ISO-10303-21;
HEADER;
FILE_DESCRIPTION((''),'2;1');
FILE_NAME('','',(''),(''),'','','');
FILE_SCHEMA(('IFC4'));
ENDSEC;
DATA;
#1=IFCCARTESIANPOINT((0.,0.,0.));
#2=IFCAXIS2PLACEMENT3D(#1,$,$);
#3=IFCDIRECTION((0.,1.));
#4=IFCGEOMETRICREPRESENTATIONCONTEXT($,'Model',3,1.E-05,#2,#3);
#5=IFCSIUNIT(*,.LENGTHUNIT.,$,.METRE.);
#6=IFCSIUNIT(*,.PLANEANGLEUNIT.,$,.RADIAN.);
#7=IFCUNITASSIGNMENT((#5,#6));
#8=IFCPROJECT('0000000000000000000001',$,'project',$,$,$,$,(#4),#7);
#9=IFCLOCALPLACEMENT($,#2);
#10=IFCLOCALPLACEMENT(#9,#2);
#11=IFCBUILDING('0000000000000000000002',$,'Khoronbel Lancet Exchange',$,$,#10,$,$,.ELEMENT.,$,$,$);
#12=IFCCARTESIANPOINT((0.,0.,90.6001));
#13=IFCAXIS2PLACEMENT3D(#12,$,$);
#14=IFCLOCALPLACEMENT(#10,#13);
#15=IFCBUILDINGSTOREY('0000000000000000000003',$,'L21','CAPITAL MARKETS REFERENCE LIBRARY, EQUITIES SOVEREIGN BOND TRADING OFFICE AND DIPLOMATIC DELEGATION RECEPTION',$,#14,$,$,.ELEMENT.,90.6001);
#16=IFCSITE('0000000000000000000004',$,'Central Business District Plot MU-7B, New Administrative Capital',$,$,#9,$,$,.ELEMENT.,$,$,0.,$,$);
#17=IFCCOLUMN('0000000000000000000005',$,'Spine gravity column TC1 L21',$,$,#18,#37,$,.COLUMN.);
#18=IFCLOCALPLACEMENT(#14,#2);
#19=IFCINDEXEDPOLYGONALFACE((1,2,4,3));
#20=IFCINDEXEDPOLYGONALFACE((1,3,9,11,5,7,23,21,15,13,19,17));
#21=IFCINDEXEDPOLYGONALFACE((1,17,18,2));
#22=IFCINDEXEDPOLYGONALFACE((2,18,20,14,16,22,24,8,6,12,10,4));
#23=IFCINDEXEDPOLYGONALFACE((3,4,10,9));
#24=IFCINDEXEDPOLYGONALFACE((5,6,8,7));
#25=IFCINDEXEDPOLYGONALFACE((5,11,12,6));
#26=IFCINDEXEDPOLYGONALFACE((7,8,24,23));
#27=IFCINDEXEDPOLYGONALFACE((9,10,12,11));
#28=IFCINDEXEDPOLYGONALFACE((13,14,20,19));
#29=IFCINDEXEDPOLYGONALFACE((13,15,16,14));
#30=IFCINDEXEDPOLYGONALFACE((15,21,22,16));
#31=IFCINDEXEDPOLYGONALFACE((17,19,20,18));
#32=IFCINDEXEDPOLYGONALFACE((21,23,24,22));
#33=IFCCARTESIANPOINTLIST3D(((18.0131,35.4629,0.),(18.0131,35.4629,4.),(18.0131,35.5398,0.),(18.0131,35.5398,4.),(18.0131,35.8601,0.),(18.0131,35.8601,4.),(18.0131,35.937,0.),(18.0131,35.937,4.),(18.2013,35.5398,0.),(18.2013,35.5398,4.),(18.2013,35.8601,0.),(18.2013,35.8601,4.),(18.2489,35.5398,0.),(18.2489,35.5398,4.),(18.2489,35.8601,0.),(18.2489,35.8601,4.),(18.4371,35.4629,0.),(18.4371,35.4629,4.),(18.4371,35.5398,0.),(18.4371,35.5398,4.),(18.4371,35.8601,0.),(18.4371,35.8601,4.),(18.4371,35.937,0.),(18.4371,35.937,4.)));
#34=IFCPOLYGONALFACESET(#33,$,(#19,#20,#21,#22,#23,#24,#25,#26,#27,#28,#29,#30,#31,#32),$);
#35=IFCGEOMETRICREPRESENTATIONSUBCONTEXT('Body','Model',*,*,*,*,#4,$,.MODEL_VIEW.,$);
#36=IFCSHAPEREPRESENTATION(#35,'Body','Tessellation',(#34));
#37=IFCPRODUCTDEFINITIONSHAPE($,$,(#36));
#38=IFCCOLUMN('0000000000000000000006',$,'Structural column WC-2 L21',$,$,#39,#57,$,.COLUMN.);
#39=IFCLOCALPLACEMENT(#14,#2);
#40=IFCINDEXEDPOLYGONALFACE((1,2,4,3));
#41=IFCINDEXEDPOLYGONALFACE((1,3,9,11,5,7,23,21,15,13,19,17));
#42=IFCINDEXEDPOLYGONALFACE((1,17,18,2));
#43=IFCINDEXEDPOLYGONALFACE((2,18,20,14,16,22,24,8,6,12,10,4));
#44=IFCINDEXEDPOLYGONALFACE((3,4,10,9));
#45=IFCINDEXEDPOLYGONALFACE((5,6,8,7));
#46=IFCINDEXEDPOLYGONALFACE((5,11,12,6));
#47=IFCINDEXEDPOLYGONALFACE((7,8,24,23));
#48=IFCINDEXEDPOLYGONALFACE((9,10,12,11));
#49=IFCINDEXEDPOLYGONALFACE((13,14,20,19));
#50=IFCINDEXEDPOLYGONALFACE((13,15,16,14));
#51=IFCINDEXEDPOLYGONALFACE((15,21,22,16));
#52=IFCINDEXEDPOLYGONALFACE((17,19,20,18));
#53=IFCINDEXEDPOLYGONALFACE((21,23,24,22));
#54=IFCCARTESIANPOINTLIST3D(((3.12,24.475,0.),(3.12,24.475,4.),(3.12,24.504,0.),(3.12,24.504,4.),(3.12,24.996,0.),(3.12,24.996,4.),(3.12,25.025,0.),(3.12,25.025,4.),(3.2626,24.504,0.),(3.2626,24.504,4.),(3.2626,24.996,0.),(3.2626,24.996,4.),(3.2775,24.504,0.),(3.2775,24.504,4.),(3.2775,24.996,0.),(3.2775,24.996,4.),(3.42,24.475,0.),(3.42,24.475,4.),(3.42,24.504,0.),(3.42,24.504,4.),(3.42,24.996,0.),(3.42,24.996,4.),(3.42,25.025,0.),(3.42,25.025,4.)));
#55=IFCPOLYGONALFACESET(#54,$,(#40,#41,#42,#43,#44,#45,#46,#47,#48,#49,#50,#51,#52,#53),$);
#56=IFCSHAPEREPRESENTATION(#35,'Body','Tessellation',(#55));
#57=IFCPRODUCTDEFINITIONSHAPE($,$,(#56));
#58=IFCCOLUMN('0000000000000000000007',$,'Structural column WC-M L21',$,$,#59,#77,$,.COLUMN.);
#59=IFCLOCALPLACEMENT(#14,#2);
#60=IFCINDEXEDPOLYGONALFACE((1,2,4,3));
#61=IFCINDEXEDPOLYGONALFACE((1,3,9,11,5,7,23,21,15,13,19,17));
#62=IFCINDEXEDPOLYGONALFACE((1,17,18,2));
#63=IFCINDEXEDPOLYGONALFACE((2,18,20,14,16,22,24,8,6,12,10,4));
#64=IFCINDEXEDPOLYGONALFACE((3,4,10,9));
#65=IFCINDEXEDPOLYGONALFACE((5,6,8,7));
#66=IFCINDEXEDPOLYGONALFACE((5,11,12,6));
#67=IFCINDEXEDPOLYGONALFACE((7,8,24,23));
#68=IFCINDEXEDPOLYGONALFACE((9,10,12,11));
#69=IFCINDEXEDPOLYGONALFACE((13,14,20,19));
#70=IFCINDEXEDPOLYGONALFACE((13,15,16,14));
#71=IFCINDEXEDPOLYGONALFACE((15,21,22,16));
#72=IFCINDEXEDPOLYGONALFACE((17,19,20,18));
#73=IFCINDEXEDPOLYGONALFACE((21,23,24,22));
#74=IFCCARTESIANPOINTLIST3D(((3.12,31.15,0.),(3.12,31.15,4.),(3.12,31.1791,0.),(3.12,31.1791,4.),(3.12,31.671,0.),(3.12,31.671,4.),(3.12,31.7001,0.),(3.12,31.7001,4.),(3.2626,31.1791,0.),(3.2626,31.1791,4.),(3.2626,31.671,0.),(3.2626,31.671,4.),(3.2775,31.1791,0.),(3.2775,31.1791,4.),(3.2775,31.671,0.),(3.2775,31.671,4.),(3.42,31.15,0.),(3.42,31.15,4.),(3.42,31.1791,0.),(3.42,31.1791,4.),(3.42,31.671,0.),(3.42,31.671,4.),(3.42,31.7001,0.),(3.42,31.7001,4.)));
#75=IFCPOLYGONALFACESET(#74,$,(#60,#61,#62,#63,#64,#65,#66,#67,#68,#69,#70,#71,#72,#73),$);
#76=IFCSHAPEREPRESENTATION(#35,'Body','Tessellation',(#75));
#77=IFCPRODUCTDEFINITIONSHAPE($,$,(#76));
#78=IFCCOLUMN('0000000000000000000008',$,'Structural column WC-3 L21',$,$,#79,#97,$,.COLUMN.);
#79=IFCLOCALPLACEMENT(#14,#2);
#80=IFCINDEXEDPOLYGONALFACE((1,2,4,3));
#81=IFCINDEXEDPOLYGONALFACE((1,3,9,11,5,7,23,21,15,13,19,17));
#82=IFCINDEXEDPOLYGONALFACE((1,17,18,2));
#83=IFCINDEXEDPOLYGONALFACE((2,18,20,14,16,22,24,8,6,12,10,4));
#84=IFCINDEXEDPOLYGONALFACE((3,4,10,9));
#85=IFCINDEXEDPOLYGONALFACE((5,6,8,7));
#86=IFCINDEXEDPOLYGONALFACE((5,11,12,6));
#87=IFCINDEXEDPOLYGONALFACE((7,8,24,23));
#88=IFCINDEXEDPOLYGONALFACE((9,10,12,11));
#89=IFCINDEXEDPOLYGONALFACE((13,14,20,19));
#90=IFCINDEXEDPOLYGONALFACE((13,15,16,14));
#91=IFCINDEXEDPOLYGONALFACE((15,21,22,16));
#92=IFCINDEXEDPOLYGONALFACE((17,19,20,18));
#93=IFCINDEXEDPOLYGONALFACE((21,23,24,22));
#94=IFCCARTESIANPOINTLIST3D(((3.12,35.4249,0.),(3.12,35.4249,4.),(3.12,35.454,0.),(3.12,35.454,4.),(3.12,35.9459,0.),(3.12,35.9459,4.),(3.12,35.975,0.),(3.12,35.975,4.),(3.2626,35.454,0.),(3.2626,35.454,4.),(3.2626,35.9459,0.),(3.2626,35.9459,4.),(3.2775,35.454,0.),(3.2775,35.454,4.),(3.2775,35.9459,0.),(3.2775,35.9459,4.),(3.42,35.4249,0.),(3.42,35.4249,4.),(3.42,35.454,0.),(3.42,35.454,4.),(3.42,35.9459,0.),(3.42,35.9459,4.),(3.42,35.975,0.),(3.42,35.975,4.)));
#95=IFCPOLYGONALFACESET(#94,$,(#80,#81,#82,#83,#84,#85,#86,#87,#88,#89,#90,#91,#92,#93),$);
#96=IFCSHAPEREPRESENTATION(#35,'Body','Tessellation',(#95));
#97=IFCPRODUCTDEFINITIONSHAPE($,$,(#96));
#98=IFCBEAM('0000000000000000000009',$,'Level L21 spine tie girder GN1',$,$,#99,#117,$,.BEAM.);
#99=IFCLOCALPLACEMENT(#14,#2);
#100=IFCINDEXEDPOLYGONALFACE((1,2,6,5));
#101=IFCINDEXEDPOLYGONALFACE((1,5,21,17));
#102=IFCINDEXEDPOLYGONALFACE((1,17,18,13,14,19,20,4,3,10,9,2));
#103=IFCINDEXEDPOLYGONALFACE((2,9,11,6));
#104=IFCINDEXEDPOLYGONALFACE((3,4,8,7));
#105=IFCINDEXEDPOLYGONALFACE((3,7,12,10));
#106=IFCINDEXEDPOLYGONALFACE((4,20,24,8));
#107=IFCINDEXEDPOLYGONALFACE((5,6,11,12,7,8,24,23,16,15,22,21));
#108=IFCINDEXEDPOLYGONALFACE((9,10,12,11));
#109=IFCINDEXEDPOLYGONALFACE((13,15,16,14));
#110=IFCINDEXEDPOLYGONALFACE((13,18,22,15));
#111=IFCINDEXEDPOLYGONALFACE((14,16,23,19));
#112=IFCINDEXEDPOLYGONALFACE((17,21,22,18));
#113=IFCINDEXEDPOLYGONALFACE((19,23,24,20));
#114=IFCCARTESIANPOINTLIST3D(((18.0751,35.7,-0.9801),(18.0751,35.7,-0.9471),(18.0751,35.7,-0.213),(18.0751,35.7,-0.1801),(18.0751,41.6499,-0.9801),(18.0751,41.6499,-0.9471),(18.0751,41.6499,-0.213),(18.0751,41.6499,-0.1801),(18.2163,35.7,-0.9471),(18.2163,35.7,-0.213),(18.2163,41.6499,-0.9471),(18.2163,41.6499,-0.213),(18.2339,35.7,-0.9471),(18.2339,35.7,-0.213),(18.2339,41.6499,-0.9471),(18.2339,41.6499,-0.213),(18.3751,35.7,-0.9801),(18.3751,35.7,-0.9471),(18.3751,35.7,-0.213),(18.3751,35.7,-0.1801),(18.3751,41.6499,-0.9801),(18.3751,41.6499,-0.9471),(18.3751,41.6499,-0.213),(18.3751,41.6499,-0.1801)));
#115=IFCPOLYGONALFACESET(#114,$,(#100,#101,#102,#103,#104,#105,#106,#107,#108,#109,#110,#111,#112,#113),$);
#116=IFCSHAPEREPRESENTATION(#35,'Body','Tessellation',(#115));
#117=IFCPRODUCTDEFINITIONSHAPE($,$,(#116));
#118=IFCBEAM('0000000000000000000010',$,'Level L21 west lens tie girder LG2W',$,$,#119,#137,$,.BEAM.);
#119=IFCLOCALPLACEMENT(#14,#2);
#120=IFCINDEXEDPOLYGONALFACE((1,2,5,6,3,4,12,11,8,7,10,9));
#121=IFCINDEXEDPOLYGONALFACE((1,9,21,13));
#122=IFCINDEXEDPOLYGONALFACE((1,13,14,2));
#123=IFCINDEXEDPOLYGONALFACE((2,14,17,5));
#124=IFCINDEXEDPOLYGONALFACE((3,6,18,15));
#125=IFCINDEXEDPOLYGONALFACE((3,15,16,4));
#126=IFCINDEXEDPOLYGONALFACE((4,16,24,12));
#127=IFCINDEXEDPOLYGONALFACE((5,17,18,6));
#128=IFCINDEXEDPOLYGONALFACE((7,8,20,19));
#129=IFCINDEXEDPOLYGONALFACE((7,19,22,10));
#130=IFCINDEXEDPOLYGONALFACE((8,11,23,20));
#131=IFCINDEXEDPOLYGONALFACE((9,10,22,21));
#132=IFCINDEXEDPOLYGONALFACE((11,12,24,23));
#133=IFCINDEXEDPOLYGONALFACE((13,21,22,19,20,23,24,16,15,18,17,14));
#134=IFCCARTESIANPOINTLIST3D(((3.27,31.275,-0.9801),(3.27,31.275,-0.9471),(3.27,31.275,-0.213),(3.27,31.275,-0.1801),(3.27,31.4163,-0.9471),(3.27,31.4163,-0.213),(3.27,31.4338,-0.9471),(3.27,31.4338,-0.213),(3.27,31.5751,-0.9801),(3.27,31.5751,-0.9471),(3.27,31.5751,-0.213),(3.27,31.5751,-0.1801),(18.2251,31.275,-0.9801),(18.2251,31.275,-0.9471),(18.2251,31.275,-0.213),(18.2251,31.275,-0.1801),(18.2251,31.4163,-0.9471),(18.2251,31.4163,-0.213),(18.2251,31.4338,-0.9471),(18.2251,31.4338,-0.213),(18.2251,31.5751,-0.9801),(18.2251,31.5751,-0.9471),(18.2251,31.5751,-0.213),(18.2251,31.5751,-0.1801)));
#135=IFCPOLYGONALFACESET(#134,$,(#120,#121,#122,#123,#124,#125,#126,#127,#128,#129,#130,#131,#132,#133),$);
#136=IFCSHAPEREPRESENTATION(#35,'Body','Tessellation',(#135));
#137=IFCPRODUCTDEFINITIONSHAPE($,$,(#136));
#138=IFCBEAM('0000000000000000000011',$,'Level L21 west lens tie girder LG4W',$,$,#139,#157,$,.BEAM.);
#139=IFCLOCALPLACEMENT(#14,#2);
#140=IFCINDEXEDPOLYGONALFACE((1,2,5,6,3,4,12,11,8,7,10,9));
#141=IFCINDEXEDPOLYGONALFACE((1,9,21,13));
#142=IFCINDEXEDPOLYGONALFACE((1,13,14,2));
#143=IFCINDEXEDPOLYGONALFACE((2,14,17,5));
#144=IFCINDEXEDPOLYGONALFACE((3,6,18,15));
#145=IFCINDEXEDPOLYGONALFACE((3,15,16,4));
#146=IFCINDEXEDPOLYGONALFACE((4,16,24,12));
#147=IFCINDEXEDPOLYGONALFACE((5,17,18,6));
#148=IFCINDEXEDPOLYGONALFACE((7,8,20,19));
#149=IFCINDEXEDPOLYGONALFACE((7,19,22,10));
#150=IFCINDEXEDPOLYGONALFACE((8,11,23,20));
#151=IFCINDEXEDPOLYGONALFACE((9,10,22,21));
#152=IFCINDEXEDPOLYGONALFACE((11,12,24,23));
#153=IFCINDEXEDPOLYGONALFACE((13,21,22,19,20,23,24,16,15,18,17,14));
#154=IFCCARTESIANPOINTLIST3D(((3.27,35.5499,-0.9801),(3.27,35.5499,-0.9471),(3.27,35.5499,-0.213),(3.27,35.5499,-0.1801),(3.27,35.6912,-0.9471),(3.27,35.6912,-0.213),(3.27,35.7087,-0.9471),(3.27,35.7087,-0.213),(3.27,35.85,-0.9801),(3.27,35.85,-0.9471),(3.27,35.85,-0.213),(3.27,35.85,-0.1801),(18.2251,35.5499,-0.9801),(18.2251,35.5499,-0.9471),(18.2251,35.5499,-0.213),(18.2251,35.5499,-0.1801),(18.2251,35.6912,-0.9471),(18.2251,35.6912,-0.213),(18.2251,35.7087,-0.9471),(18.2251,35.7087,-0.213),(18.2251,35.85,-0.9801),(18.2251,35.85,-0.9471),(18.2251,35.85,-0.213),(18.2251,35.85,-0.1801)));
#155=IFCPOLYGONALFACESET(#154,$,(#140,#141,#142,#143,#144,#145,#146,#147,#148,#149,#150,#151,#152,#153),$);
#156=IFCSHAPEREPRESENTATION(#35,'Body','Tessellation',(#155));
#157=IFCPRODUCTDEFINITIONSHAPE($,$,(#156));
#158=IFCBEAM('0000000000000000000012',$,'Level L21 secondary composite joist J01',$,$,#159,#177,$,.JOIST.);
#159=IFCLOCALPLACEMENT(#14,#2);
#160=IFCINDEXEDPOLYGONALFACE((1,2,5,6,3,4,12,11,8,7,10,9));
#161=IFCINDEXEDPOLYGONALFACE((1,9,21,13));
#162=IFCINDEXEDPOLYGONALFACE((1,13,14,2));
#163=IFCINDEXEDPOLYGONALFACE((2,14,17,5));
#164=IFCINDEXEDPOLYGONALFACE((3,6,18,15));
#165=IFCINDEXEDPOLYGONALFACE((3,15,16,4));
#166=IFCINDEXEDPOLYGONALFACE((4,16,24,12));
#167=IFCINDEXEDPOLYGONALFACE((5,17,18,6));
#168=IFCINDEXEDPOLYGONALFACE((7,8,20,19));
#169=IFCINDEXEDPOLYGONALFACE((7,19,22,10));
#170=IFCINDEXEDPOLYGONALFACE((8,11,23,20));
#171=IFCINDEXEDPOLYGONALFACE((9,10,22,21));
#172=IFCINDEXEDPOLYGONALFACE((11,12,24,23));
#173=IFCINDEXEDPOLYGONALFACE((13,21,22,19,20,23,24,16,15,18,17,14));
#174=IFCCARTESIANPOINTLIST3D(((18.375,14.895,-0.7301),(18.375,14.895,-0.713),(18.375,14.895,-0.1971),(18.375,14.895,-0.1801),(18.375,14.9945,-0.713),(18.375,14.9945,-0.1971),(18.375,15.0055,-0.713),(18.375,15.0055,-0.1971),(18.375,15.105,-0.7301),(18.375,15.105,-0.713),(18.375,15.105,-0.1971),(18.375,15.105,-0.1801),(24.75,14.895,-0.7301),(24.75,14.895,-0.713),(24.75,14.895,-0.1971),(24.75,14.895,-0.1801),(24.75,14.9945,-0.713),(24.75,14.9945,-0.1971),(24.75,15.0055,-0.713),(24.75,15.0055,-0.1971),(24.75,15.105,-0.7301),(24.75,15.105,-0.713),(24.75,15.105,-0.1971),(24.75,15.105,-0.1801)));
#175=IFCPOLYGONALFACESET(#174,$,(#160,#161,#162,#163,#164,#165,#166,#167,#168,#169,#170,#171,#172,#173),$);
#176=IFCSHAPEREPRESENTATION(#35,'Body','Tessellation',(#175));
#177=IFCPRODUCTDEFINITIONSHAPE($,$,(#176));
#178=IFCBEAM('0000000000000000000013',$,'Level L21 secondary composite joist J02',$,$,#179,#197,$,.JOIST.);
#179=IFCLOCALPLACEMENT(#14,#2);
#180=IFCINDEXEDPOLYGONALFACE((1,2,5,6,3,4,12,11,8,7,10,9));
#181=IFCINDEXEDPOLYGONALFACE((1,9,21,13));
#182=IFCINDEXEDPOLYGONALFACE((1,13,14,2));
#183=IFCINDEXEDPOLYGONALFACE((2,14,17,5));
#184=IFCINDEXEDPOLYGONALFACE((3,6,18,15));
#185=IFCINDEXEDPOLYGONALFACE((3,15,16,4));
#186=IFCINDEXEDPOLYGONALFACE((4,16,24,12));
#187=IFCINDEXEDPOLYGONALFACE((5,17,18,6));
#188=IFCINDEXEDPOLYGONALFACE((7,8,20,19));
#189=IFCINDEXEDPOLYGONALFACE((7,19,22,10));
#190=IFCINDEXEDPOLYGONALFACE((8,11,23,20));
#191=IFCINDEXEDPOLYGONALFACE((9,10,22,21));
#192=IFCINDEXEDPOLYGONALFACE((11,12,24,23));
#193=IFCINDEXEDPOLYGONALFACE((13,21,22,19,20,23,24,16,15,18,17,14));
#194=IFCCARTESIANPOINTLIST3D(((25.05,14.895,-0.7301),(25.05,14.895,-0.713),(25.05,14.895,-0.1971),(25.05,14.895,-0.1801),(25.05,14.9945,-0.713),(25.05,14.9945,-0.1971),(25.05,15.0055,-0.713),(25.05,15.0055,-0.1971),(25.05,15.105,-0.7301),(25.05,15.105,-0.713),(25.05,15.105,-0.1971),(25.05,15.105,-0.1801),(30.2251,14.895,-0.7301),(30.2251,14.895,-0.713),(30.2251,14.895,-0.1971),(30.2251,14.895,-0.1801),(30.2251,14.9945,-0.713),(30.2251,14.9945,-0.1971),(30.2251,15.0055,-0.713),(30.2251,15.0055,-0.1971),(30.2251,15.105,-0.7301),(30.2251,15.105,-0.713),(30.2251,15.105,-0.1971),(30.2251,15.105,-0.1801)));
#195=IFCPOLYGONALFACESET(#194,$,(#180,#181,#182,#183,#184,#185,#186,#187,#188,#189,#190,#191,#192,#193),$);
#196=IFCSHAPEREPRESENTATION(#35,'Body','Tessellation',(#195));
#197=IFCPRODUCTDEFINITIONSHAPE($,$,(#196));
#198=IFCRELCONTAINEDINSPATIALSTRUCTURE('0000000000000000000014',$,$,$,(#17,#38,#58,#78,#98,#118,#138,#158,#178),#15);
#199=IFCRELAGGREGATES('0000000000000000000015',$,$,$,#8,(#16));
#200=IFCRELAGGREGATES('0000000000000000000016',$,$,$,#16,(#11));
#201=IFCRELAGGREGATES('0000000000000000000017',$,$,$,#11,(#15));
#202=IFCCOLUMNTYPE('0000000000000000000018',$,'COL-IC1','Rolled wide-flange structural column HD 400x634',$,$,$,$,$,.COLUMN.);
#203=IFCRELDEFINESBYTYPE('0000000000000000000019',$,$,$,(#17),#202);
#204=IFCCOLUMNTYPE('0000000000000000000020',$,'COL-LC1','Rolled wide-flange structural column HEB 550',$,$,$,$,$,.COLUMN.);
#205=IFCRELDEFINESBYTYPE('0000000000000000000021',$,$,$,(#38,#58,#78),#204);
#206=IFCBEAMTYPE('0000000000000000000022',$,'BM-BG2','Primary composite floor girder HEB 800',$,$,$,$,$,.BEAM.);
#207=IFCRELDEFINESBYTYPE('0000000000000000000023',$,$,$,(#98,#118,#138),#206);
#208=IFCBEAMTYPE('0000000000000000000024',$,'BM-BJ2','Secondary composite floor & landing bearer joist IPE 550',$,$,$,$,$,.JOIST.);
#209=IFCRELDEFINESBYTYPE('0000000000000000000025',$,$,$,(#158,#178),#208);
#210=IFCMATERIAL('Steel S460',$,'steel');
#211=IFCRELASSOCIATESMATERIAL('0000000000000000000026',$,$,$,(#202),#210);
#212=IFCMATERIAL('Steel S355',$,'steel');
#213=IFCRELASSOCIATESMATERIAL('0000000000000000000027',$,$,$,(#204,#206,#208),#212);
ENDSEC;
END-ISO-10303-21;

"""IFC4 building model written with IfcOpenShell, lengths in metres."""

from ifc_helpers import new_model, si_unit, direction, frame, origin, origin_2d, place, context, subcontext, project, spatial, i_section, extrude, material, material_profile, profile_set, type_object, element, save


model = new_model("IFC4")

# Units and contexts
model_context = context("Model", 3, precision=1e-05, world=origin(), true_north=direction((0.0, 1.0)))
body_context = subcontext(model_context, "Body", "Model", "MODEL_VIEW")
ifc_project = project(units=[si_unit("LENGTHUNIT", "METRE"), si_unit("PLANEANGLEUNIT", "RADIAN")], contexts=[model_context])

# Site, building, storey
site_placement = place(None, origin())
site = spatial("IfcSite", under=ifc_project, at=site_placement, Name="Central Business District Plot MU-7B, New Administrative Capital", CompositionType="ELEMENT", RefElevation=0.0)
building_placement = place(site_placement, origin())
building = spatial("IfcBuilding", under=site, at=building_placement, Name="Khoronbel Lancet Exchange", CompositionType="ELEMENT")
storey_placement = place(building_placement, frame((0.0, 0.0, 90.6001)))
storey = spatial("IfcBuildingStorey", under=building, at=storey_placement, Name="L21", Description="CAPITAL MARKETS REFERENCE LIBRARY, EQUITIES SOVEREIGN BOND TRADING OFFICE AND DIPLOMATIC DELEGATION RECEPTION", CompositionType="ELEMENT", Elevation=90.6001)

# Columns
ifc_material_1 = material(Name="Steel S460", Category="steel")
ifc_material_profile_1 = material_profile(ifc_material_1, i_section(OverallWidth=0.4241, OverallDepth=0.4741, WebThickness=0.0476, FlangeThickness=0.0769, at=origin_2d()), Name="HD 400x634")
ifc_profile_set_1 = profile_set([ifc_material_profile_1], Name="Steel S460")
column_type_1 = type_object("IfcColumnType", Name="COL-IC1", Description="Rolled wide-flange structural column HD 400x634", PredefinedType="COLUMN", material=ifc_profile_set_1)
column_placement = place(storey_placement, frame((18.2251, 35.7, 0.0), z_axis=(0.0, 0.0, 1.0), x_axis=(1.0, 0.0, 0.0)))
element("IfcColumn", 1, at=column_placement, inside=storey, type_object=column_type_1, Name="Spine gravity column TC1 L21", PredefinedType="COLUMN", context=body_context, shape_type="SweptSolid", body=[
    extrude(i_section(OverallWidth=0.4241, OverallDepth=0.4741, WebThickness=0.0476, FlangeThickness=0.0769, at=origin_2d()), origin(), (0.0, 0.0, 1.0), 4.0),
])
ifc_material_2 = material(Name="Steel S355", Category="steel")
ifc_material_profile_2 = material_profile(ifc_material_2, i_section(OverallWidth=0.3, OverallDepth=0.55, WebThickness=0.0149, FlangeThickness=0.0291, at=origin_2d()), Name="HEB 550")
ifc_profile_set_2 = profile_set([ifc_material_profile_2], Name="Steel S355")
column_type_2 = type_object("IfcColumnType", Name="COL-LC1", Description="Rolled wide-flange structural column HEB 550", PredefinedType="COLUMN", material=ifc_profile_set_2)
for number, where, z_axis, x_axis, name in (
    (2, (3.27, 24.75, 0.0), (0.0, 0.0, 1.0), (1.0, 0.0, 0.0), "Structural column WC-2 L21"),
    (3, (3.27, 31.425, 0.0), (0.0, 0.0, 1.0), (1.0, 0.0, 0.0), "Structural column WC-M L21"),
    (4, (3.27, 35.7, 0.0), (0.0, 0.0, 1.0), (1.0, 0.0, 0.0), "Structural column WC-3 L21"),
):
    element("IfcColumn", number, at=place(storey_placement, frame(where, z_axis=z_axis, x_axis=x_axis)), inside=storey, type_object=column_type_2, Name=name, PredefinedType="COLUMN", context=body_context, shape_type="SweptSolid", body=[
        extrude(i_section(OverallWidth=0.3, OverallDepth=0.55, WebThickness=0.0149, FlangeThickness=0.0291, at=origin_2d()), origin(), (0.0, 0.0, 1.0), 4.0),
    ])

# Beams
ifc_material_profile_3 = material_profile(ifc_material_2, i_section(OverallWidth=0.3, OverallDepth=0.8, WebThickness=0.0176, FlangeThickness=0.033, at=origin_2d()), Name="HEB 800")
ifc_profile_set_3 = profile_set([ifc_material_profile_3], Name="Steel S355")
beam_type_1 = type_object("IfcBeamType", Name="BM-BG2", Description="Primary composite floor girder HEB 800", PredefinedType="BEAM", material=ifc_profile_set_3)
beam_1_placement = place(storey_placement, frame((18.2251, 35.7, -0.5801), z_axis=(0.0, 1.0, 0.0), x_axis=(-1.0, 0.0, 0.0)))
element("IfcBeam", 5, at=beam_1_placement, inside=storey, type_object=beam_type_1, Name="Level L21 spine tie girder GN1", PredefinedType="BEAM", context=body_context, shape_type="SweptSolid", body=[
    extrude(i_section(OverallWidth=0.3, OverallDepth=0.8, WebThickness=0.0176, FlangeThickness=0.033, at=origin_2d()), origin(), (0.0, 0.0, 1.0), 5.95),
])
for number, where, z_axis, x_axis, name in (
    (6, (3.27, 31.425, -0.5801), (1.0, 0.0, 0.0), (0.0, 1.0, 0.0), "Level L21 west lens tie girder LG2W"),
    (7, (3.27, 35.7, -0.5801), (1.0, 0.0, 0.0), (0.0, 1.0, 0.0), "Level L21 west lens tie girder LG4W"),
):
    element("IfcBeam", number, at=place(storey_placement, frame(where, z_axis=z_axis, x_axis=x_axis)), inside=storey, type_object=beam_type_1, Name=name, PredefinedType="BEAM", context=body_context, shape_type="SweptSolid", body=[
        extrude(i_section(OverallWidth=0.3, OverallDepth=0.8, WebThickness=0.0176, FlangeThickness=0.033, at=origin_2d()), origin(), (0.0, 0.0, 1.0), 14.9551),
    ])
ifc_material_profile_4 = material_profile(ifc_material_2, i_section(OverallWidth=0.21, OverallDepth=0.55, WebThickness=0.011, FlangeThickness=0.0171, at=origin_2d()), Name="IPE 550")
ifc_profile_set_4 = profile_set([ifc_material_profile_4], Name="Steel S355")
beam_type_2 = type_object("IfcBeamType", Name="BM-BJ2", Description="Secondary composite floor & landing bearer joist IPE 550", PredefinedType="JOIST", material=ifc_profile_set_4)
beam_2_placement = place(storey_placement, frame((18.375, 15.0, -0.4551), z_axis=(1.0, 0.0, 0.0), x_axis=(0.0, 1.0, 0.0)))
element("IfcBeam", 8, at=beam_2_placement, inside=storey, type_object=beam_type_2, Name="Level L21 secondary composite joist J01", PredefinedType="JOIST", context=body_context, shape_type="SweptSolid", body=[
    extrude(i_section(OverallWidth=0.21, OverallDepth=0.55, WebThickness=0.011, FlangeThickness=0.0171, at=origin_2d()), origin(), (0.0, 0.0, 1.0), 6.375),
])
beam_3_placement = place(storey_placement, frame((25.05, 15.0, -0.4551), z_axis=(1.0, 0.0, 0.0), x_axis=(0.0, 1.0, 0.0)))
element("IfcBeam", 9, at=beam_3_placement, inside=storey, type_object=beam_type_2, Name="Level L21 secondary composite joist J02", PredefinedType="JOIST", context=body_context, shape_type="SweptSolid", body=[
    extrude(i_section(OverallWidth=0.21, OverallDepth=0.55, WebThickness=0.011, FlangeThickness=0.0171, at=origin_2d()), origin(), (0.0, 0.0, 1.0), 5.175),
])

save(model, "model.ifc")
